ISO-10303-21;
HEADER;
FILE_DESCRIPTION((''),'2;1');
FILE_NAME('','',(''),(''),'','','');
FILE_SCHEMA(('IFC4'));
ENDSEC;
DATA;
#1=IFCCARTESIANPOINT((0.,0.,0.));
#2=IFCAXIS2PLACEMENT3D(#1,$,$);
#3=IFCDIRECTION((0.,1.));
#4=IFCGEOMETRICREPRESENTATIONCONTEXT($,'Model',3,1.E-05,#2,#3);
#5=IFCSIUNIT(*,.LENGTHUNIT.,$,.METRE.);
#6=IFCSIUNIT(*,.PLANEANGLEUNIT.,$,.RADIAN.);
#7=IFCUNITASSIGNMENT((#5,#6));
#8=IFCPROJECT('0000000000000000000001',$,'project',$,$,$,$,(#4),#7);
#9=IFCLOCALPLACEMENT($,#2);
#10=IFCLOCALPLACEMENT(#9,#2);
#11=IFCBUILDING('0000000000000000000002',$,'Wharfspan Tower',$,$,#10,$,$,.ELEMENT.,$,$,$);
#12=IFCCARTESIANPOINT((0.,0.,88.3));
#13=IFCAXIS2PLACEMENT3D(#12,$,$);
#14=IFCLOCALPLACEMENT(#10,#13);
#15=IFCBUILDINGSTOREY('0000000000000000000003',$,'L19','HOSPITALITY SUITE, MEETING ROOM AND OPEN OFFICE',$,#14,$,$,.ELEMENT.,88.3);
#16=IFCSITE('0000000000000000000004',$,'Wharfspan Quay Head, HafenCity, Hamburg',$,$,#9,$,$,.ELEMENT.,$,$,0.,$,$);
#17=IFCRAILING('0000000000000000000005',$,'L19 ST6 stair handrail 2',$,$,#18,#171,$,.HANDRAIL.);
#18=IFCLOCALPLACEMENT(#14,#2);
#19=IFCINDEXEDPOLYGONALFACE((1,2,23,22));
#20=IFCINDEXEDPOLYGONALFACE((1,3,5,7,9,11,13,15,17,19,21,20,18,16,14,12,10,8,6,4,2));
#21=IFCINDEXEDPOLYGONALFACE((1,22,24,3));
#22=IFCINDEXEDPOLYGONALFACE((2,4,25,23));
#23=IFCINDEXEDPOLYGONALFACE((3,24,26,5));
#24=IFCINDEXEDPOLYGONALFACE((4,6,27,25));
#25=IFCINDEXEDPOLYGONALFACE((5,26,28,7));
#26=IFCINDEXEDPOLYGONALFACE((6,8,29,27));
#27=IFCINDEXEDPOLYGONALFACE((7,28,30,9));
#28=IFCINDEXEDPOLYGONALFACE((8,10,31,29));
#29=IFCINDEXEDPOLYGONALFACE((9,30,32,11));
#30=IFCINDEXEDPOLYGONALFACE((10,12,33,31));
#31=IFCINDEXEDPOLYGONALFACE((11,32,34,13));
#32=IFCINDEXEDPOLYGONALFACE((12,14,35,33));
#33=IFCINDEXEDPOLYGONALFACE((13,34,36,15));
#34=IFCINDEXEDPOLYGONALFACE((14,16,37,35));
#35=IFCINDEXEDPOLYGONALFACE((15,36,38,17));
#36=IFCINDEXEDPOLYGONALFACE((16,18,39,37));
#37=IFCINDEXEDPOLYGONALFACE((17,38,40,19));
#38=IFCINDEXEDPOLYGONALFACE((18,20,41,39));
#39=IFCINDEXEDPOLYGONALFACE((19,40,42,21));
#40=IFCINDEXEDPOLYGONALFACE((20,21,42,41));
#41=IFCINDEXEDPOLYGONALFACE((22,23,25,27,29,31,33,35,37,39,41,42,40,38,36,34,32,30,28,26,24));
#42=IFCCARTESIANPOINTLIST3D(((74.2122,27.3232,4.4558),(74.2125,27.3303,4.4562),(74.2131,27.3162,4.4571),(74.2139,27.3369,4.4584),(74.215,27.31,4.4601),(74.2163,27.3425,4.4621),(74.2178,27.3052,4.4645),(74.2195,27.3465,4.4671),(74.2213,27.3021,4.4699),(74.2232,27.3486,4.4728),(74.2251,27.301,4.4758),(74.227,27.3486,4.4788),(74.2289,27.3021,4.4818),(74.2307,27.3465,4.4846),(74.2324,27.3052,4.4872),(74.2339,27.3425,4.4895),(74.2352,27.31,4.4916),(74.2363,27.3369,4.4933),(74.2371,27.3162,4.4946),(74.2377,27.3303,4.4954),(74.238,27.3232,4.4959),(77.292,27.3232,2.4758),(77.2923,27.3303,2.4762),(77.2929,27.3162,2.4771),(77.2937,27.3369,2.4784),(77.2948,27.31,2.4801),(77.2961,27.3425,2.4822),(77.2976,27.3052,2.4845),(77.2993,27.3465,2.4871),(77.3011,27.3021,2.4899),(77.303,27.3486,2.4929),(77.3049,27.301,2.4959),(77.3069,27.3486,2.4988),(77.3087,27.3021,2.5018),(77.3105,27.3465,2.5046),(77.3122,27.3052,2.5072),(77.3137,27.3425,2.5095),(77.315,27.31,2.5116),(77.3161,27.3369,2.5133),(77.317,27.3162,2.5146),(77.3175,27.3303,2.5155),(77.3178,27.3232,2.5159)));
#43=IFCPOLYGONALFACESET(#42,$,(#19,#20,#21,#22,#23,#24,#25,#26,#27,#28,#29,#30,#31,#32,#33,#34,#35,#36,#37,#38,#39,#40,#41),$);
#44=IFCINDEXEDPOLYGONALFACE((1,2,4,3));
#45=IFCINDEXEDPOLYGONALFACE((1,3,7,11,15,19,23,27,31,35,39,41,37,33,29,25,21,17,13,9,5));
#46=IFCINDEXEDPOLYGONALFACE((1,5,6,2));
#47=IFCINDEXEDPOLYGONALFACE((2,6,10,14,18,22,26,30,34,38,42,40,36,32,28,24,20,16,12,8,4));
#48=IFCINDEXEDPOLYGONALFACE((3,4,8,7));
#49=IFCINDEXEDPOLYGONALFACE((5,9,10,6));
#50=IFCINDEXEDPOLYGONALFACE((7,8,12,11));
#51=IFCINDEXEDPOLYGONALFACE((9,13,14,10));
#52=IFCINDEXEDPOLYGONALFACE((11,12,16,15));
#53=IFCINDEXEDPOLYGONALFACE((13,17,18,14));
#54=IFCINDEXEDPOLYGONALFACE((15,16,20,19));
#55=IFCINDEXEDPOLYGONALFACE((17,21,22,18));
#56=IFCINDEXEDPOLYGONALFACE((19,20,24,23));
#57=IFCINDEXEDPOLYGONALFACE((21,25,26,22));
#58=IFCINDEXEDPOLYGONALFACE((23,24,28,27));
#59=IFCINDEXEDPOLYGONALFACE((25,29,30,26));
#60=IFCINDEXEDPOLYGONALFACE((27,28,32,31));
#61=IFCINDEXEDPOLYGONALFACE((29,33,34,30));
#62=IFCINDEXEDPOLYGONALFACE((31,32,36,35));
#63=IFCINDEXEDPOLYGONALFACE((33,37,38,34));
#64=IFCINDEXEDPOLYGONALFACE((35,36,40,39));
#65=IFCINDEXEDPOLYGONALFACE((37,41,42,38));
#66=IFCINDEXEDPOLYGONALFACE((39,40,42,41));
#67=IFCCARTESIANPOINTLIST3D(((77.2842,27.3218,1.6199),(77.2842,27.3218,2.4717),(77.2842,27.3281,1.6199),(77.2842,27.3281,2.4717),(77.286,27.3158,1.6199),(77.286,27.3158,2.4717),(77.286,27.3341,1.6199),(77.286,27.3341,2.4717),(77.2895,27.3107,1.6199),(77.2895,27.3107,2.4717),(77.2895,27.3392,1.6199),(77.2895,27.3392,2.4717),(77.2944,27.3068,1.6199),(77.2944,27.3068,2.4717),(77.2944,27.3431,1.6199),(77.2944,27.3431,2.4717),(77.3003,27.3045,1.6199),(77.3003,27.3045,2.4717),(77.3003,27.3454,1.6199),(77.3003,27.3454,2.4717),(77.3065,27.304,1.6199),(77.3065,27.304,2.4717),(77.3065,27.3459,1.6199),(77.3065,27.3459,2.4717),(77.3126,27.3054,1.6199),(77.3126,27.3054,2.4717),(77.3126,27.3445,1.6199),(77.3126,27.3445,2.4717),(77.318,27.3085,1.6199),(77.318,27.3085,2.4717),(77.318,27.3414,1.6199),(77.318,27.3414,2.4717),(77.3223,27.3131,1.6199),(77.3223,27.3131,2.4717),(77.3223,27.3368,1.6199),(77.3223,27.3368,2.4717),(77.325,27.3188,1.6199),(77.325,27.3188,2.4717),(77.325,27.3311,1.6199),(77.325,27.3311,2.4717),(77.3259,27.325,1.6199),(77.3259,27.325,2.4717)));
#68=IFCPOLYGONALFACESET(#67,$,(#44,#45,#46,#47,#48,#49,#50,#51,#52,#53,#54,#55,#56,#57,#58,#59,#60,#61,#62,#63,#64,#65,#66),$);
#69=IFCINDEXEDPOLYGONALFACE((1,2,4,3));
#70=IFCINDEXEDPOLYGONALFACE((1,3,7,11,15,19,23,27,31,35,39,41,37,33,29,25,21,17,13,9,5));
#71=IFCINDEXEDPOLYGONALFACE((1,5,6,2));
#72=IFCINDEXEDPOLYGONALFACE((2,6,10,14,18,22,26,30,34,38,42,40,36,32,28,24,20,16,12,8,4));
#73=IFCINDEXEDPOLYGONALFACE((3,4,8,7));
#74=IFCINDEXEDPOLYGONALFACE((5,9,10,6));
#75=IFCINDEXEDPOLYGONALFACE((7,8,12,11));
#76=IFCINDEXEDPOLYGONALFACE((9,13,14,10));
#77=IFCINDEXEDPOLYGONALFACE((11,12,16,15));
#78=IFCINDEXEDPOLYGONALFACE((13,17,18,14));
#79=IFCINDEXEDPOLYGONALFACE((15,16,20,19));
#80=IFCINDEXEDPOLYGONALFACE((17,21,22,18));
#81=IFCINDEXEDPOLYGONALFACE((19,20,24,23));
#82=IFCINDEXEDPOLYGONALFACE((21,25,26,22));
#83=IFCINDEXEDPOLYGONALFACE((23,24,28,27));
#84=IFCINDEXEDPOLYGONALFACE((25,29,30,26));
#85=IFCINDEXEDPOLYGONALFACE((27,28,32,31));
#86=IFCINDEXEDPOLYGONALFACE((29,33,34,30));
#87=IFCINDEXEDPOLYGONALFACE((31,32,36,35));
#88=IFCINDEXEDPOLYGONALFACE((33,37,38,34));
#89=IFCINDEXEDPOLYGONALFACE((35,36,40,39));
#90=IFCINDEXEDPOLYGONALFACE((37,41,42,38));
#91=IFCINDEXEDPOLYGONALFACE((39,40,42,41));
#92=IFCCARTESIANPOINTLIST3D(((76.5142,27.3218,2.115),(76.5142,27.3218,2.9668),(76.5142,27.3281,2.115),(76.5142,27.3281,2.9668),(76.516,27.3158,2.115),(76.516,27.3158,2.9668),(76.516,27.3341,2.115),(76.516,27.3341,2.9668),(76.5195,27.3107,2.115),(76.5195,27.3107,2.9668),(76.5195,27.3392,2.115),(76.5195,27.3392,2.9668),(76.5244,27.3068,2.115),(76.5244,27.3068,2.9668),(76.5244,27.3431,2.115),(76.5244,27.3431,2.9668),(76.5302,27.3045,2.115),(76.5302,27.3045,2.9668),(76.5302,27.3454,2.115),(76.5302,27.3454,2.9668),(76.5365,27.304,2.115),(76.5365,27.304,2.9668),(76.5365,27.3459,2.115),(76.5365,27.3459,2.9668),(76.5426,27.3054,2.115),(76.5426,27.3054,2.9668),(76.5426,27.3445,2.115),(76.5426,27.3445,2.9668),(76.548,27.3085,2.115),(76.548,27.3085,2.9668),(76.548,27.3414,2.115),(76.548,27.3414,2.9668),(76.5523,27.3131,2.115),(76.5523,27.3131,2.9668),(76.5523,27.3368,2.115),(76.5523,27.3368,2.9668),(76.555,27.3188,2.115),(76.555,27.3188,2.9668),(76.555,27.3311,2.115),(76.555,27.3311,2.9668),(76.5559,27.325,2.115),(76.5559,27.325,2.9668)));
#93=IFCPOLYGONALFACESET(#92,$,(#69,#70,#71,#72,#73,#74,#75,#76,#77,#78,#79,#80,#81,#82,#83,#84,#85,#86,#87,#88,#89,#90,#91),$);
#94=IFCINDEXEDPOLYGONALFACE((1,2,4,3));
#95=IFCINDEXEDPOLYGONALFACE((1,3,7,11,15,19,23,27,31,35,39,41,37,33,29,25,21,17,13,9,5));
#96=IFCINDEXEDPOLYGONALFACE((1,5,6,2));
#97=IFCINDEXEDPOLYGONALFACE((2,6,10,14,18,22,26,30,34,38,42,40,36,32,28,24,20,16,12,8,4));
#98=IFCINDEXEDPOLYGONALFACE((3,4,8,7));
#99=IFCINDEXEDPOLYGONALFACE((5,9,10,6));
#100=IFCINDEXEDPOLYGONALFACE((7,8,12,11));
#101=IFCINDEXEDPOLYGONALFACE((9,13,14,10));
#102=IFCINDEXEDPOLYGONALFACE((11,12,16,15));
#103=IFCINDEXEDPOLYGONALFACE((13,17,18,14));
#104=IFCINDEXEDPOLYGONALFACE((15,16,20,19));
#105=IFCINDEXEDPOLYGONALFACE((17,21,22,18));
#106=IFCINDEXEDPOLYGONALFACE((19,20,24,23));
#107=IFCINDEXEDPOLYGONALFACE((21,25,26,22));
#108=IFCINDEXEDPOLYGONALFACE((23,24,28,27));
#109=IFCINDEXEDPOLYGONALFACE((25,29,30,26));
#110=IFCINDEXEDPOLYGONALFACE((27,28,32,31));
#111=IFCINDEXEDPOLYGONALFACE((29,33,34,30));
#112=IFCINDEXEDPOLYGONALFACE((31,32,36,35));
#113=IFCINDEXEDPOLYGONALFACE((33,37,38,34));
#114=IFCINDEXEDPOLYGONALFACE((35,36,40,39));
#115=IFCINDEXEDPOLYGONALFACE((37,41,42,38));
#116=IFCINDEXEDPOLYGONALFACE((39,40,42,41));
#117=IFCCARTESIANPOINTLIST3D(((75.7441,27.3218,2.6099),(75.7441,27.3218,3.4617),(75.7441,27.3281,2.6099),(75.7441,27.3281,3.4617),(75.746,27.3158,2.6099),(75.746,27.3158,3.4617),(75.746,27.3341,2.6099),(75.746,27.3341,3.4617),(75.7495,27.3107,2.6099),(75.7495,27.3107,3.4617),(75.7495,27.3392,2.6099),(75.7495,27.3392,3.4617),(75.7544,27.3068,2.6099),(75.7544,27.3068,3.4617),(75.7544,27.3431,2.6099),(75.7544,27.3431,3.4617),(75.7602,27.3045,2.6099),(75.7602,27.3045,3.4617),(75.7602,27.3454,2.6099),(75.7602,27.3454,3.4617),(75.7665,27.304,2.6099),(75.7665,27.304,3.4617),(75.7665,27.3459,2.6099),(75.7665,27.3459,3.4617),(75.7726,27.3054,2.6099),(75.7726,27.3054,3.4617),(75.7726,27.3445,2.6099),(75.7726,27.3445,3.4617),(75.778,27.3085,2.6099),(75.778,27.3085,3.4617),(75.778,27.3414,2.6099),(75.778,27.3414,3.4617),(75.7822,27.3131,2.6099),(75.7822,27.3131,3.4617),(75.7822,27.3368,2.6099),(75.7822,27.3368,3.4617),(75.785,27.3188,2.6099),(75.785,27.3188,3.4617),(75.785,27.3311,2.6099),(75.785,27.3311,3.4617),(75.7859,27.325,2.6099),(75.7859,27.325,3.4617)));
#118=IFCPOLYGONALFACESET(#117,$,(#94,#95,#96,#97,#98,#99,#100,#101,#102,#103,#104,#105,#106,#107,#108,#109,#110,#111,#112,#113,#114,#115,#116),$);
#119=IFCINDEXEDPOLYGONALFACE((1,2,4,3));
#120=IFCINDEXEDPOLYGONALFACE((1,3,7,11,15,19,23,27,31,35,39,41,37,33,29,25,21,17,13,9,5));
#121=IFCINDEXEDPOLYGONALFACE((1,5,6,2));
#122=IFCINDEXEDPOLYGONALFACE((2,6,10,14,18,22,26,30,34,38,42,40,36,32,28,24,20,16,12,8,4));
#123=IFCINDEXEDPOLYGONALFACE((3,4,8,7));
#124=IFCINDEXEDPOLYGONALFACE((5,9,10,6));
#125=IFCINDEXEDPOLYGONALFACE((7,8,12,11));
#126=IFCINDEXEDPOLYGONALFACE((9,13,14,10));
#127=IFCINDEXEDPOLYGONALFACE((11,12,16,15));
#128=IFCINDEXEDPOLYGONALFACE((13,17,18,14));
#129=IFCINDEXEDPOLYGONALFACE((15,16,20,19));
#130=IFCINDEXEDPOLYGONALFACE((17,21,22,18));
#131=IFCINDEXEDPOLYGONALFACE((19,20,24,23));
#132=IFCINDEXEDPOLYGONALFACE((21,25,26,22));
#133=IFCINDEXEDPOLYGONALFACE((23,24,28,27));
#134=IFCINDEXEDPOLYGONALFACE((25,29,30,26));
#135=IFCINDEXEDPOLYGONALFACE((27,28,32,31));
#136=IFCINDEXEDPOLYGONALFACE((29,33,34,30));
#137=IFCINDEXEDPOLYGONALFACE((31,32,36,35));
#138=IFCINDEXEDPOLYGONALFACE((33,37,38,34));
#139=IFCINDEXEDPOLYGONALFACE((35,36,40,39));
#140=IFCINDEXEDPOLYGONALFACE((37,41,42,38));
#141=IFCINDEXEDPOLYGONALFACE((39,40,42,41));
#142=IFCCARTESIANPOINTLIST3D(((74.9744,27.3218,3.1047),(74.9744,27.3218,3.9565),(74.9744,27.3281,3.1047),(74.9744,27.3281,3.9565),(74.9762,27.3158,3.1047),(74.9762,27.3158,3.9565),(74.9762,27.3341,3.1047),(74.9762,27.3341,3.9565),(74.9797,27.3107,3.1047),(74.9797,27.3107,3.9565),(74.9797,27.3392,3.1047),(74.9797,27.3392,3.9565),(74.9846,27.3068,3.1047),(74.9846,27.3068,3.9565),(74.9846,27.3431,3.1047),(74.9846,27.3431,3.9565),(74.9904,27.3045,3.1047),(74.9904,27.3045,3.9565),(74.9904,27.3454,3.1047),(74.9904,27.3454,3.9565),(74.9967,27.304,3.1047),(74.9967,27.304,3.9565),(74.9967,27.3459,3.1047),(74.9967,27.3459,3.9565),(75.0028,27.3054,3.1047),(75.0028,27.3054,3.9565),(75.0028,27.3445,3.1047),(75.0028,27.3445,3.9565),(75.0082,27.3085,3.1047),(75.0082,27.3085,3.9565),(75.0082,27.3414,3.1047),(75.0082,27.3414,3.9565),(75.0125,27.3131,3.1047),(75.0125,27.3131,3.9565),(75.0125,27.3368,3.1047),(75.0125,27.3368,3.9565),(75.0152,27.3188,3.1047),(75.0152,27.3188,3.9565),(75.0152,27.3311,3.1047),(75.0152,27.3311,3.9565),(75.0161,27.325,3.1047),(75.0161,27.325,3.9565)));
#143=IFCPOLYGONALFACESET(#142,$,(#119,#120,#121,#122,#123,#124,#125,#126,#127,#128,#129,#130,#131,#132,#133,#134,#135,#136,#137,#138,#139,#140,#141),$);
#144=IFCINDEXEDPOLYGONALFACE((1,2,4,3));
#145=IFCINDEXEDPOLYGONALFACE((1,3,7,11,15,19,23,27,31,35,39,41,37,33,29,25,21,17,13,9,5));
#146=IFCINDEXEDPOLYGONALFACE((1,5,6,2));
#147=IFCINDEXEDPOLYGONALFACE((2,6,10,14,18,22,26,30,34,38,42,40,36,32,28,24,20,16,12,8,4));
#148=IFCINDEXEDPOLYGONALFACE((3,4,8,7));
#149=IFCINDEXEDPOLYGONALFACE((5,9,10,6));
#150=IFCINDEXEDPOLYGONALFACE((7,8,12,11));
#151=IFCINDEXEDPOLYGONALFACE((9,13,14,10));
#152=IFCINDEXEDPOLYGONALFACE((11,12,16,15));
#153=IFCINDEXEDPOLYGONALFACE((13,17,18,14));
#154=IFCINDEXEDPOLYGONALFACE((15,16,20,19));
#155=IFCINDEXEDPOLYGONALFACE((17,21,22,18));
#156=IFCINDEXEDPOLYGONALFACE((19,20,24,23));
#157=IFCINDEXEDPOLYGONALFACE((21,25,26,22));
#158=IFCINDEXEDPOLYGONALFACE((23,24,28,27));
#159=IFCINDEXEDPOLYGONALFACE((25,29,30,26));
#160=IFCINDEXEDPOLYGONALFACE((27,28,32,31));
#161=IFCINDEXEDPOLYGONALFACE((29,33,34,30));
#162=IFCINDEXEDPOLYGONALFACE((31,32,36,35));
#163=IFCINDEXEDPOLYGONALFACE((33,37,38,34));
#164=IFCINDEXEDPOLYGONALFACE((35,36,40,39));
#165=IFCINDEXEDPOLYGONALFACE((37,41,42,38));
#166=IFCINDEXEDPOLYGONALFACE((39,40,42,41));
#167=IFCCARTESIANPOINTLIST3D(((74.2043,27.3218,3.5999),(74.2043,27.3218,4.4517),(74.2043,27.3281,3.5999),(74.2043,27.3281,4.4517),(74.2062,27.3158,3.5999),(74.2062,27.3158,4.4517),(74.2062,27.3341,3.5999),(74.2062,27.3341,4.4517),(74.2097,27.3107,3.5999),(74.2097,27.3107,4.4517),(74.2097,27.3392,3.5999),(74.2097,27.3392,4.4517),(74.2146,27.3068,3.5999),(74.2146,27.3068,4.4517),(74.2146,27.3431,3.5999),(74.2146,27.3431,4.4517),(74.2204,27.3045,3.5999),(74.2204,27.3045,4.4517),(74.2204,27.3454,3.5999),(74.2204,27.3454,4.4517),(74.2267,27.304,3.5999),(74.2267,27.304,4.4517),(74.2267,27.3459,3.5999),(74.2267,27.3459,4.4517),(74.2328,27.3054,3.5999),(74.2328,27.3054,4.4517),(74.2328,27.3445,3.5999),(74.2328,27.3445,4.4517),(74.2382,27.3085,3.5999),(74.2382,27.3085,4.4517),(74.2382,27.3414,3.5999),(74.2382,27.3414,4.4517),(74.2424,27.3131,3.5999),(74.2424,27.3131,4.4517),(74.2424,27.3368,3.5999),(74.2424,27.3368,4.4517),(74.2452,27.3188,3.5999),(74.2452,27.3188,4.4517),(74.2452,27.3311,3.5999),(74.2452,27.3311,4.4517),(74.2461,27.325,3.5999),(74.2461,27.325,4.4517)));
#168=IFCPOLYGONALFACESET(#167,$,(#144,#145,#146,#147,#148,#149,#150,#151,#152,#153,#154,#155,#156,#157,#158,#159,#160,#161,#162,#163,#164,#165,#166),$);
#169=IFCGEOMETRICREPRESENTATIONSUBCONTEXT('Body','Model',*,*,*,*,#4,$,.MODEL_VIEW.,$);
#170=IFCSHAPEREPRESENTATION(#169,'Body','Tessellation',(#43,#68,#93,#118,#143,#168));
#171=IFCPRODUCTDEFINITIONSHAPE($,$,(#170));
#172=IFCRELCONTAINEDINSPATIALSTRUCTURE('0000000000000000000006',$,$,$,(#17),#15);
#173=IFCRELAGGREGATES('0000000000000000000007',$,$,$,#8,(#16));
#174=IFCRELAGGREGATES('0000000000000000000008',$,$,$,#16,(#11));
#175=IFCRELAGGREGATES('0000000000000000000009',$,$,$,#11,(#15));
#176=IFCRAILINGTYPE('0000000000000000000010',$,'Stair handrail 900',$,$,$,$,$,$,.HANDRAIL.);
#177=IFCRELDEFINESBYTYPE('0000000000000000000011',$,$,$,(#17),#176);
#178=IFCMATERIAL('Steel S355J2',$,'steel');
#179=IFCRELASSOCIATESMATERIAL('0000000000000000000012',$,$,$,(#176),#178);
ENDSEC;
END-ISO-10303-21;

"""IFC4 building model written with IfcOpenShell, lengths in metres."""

from ifc_helpers import new_model, si_unit, direction, frame, origin, origin_2d, place, context, subcontext, project, spatial, circle, extrude, material, type_object, element, save


model = new_model("IFC4")

# Units and contexts
model_context = context("Model", 3, precision=1e-05, world=origin(), true_north=direction((0.0, 1.0)))
body_context = subcontext(model_context, "Body", "Model", "MODEL_VIEW")
ifc_project = project(units=[si_unit("LENGTHUNIT", "METRE"), si_unit("PLANEANGLEUNIT", "RADIAN")], contexts=[model_context])

# Site, building, storey
site_placement = place(None, origin())
site = spatial("IfcSite", under=ifc_project, at=site_placement, Name="Wharfspan Quay Head, HafenCity, Hamburg", CompositionType="ELEMENT", RefElevation=0.0)
building_placement = place(site_placement, origin())
building = spatial("IfcBuilding", under=site, at=building_placement, Name="Wharfspan Tower", CompositionType="ELEMENT")
storey_placement = place(building_placement, frame((0.0, 0.0, 88.3)))
storey = spatial("IfcBuildingStorey", under=building, at=storey_placement, Name="L19", Description="HOSPITALITY SUITE, MEETING ROOM AND OPEN OFFICE", CompositionType="ELEMENT", Elevation=88.3)

# Shared definitions
ifc_material_1 = material(Name="Steel S355J2", Category="steel")

# Railing
railing_type = type_object("IfcRailingType", Name="Stair handrail 900", PredefinedType="HANDRAIL", material=ifc_material_1)
railing_placement = place(storey_placement, frame((77.3049, 27.325, 1.6199)))
element("IfcRailing", 1, at=railing_placement, inside=storey, type_object=railing_type, Name="L19 ST6 stair handrail 2", PredefinedType="HANDRAIL", context=body_context, shape_type="SweptSolid", body=[
    extrude(circle(Radius=0.0239, at=origin_2d()), frame((0.0, 0.0, 0.876), z_axis=(-0.841168, 0.0, 0.540774), x_axis=(0.0, -1.0, 0.0)), (0.0, 0.0, 1.0), 3.6614),
    extrude(circle(Radius=0.021, at=origin_2d()), origin(), (0.0, 0.0, 1.0), 0.8518),
    extrude(circle(Radius=0.021, at=origin_2d()), frame((-0.77, 0.0, 0.4951)), (0.0, 0.0, 1.0), 0.8518),
    extrude(circle(Radius=0.021, at=origin_2d()), frame((-1.54, 0.0, 0.99)), (0.0, 0.0, 1.0), 0.8518),
    extrude(circle(Radius=0.021, at=origin_2d()), frame((-2.3098, 0.0, 1.4849)), (0.0, 0.0, 1.0), 0.8518),
    extrude(circle(Radius=0.021, at=origin_2d()), frame((-3.0798, 0.0, 1.98)), (0.0, 0.0, 1.0), 0.8518),
])

save(model, "model.ifc")
